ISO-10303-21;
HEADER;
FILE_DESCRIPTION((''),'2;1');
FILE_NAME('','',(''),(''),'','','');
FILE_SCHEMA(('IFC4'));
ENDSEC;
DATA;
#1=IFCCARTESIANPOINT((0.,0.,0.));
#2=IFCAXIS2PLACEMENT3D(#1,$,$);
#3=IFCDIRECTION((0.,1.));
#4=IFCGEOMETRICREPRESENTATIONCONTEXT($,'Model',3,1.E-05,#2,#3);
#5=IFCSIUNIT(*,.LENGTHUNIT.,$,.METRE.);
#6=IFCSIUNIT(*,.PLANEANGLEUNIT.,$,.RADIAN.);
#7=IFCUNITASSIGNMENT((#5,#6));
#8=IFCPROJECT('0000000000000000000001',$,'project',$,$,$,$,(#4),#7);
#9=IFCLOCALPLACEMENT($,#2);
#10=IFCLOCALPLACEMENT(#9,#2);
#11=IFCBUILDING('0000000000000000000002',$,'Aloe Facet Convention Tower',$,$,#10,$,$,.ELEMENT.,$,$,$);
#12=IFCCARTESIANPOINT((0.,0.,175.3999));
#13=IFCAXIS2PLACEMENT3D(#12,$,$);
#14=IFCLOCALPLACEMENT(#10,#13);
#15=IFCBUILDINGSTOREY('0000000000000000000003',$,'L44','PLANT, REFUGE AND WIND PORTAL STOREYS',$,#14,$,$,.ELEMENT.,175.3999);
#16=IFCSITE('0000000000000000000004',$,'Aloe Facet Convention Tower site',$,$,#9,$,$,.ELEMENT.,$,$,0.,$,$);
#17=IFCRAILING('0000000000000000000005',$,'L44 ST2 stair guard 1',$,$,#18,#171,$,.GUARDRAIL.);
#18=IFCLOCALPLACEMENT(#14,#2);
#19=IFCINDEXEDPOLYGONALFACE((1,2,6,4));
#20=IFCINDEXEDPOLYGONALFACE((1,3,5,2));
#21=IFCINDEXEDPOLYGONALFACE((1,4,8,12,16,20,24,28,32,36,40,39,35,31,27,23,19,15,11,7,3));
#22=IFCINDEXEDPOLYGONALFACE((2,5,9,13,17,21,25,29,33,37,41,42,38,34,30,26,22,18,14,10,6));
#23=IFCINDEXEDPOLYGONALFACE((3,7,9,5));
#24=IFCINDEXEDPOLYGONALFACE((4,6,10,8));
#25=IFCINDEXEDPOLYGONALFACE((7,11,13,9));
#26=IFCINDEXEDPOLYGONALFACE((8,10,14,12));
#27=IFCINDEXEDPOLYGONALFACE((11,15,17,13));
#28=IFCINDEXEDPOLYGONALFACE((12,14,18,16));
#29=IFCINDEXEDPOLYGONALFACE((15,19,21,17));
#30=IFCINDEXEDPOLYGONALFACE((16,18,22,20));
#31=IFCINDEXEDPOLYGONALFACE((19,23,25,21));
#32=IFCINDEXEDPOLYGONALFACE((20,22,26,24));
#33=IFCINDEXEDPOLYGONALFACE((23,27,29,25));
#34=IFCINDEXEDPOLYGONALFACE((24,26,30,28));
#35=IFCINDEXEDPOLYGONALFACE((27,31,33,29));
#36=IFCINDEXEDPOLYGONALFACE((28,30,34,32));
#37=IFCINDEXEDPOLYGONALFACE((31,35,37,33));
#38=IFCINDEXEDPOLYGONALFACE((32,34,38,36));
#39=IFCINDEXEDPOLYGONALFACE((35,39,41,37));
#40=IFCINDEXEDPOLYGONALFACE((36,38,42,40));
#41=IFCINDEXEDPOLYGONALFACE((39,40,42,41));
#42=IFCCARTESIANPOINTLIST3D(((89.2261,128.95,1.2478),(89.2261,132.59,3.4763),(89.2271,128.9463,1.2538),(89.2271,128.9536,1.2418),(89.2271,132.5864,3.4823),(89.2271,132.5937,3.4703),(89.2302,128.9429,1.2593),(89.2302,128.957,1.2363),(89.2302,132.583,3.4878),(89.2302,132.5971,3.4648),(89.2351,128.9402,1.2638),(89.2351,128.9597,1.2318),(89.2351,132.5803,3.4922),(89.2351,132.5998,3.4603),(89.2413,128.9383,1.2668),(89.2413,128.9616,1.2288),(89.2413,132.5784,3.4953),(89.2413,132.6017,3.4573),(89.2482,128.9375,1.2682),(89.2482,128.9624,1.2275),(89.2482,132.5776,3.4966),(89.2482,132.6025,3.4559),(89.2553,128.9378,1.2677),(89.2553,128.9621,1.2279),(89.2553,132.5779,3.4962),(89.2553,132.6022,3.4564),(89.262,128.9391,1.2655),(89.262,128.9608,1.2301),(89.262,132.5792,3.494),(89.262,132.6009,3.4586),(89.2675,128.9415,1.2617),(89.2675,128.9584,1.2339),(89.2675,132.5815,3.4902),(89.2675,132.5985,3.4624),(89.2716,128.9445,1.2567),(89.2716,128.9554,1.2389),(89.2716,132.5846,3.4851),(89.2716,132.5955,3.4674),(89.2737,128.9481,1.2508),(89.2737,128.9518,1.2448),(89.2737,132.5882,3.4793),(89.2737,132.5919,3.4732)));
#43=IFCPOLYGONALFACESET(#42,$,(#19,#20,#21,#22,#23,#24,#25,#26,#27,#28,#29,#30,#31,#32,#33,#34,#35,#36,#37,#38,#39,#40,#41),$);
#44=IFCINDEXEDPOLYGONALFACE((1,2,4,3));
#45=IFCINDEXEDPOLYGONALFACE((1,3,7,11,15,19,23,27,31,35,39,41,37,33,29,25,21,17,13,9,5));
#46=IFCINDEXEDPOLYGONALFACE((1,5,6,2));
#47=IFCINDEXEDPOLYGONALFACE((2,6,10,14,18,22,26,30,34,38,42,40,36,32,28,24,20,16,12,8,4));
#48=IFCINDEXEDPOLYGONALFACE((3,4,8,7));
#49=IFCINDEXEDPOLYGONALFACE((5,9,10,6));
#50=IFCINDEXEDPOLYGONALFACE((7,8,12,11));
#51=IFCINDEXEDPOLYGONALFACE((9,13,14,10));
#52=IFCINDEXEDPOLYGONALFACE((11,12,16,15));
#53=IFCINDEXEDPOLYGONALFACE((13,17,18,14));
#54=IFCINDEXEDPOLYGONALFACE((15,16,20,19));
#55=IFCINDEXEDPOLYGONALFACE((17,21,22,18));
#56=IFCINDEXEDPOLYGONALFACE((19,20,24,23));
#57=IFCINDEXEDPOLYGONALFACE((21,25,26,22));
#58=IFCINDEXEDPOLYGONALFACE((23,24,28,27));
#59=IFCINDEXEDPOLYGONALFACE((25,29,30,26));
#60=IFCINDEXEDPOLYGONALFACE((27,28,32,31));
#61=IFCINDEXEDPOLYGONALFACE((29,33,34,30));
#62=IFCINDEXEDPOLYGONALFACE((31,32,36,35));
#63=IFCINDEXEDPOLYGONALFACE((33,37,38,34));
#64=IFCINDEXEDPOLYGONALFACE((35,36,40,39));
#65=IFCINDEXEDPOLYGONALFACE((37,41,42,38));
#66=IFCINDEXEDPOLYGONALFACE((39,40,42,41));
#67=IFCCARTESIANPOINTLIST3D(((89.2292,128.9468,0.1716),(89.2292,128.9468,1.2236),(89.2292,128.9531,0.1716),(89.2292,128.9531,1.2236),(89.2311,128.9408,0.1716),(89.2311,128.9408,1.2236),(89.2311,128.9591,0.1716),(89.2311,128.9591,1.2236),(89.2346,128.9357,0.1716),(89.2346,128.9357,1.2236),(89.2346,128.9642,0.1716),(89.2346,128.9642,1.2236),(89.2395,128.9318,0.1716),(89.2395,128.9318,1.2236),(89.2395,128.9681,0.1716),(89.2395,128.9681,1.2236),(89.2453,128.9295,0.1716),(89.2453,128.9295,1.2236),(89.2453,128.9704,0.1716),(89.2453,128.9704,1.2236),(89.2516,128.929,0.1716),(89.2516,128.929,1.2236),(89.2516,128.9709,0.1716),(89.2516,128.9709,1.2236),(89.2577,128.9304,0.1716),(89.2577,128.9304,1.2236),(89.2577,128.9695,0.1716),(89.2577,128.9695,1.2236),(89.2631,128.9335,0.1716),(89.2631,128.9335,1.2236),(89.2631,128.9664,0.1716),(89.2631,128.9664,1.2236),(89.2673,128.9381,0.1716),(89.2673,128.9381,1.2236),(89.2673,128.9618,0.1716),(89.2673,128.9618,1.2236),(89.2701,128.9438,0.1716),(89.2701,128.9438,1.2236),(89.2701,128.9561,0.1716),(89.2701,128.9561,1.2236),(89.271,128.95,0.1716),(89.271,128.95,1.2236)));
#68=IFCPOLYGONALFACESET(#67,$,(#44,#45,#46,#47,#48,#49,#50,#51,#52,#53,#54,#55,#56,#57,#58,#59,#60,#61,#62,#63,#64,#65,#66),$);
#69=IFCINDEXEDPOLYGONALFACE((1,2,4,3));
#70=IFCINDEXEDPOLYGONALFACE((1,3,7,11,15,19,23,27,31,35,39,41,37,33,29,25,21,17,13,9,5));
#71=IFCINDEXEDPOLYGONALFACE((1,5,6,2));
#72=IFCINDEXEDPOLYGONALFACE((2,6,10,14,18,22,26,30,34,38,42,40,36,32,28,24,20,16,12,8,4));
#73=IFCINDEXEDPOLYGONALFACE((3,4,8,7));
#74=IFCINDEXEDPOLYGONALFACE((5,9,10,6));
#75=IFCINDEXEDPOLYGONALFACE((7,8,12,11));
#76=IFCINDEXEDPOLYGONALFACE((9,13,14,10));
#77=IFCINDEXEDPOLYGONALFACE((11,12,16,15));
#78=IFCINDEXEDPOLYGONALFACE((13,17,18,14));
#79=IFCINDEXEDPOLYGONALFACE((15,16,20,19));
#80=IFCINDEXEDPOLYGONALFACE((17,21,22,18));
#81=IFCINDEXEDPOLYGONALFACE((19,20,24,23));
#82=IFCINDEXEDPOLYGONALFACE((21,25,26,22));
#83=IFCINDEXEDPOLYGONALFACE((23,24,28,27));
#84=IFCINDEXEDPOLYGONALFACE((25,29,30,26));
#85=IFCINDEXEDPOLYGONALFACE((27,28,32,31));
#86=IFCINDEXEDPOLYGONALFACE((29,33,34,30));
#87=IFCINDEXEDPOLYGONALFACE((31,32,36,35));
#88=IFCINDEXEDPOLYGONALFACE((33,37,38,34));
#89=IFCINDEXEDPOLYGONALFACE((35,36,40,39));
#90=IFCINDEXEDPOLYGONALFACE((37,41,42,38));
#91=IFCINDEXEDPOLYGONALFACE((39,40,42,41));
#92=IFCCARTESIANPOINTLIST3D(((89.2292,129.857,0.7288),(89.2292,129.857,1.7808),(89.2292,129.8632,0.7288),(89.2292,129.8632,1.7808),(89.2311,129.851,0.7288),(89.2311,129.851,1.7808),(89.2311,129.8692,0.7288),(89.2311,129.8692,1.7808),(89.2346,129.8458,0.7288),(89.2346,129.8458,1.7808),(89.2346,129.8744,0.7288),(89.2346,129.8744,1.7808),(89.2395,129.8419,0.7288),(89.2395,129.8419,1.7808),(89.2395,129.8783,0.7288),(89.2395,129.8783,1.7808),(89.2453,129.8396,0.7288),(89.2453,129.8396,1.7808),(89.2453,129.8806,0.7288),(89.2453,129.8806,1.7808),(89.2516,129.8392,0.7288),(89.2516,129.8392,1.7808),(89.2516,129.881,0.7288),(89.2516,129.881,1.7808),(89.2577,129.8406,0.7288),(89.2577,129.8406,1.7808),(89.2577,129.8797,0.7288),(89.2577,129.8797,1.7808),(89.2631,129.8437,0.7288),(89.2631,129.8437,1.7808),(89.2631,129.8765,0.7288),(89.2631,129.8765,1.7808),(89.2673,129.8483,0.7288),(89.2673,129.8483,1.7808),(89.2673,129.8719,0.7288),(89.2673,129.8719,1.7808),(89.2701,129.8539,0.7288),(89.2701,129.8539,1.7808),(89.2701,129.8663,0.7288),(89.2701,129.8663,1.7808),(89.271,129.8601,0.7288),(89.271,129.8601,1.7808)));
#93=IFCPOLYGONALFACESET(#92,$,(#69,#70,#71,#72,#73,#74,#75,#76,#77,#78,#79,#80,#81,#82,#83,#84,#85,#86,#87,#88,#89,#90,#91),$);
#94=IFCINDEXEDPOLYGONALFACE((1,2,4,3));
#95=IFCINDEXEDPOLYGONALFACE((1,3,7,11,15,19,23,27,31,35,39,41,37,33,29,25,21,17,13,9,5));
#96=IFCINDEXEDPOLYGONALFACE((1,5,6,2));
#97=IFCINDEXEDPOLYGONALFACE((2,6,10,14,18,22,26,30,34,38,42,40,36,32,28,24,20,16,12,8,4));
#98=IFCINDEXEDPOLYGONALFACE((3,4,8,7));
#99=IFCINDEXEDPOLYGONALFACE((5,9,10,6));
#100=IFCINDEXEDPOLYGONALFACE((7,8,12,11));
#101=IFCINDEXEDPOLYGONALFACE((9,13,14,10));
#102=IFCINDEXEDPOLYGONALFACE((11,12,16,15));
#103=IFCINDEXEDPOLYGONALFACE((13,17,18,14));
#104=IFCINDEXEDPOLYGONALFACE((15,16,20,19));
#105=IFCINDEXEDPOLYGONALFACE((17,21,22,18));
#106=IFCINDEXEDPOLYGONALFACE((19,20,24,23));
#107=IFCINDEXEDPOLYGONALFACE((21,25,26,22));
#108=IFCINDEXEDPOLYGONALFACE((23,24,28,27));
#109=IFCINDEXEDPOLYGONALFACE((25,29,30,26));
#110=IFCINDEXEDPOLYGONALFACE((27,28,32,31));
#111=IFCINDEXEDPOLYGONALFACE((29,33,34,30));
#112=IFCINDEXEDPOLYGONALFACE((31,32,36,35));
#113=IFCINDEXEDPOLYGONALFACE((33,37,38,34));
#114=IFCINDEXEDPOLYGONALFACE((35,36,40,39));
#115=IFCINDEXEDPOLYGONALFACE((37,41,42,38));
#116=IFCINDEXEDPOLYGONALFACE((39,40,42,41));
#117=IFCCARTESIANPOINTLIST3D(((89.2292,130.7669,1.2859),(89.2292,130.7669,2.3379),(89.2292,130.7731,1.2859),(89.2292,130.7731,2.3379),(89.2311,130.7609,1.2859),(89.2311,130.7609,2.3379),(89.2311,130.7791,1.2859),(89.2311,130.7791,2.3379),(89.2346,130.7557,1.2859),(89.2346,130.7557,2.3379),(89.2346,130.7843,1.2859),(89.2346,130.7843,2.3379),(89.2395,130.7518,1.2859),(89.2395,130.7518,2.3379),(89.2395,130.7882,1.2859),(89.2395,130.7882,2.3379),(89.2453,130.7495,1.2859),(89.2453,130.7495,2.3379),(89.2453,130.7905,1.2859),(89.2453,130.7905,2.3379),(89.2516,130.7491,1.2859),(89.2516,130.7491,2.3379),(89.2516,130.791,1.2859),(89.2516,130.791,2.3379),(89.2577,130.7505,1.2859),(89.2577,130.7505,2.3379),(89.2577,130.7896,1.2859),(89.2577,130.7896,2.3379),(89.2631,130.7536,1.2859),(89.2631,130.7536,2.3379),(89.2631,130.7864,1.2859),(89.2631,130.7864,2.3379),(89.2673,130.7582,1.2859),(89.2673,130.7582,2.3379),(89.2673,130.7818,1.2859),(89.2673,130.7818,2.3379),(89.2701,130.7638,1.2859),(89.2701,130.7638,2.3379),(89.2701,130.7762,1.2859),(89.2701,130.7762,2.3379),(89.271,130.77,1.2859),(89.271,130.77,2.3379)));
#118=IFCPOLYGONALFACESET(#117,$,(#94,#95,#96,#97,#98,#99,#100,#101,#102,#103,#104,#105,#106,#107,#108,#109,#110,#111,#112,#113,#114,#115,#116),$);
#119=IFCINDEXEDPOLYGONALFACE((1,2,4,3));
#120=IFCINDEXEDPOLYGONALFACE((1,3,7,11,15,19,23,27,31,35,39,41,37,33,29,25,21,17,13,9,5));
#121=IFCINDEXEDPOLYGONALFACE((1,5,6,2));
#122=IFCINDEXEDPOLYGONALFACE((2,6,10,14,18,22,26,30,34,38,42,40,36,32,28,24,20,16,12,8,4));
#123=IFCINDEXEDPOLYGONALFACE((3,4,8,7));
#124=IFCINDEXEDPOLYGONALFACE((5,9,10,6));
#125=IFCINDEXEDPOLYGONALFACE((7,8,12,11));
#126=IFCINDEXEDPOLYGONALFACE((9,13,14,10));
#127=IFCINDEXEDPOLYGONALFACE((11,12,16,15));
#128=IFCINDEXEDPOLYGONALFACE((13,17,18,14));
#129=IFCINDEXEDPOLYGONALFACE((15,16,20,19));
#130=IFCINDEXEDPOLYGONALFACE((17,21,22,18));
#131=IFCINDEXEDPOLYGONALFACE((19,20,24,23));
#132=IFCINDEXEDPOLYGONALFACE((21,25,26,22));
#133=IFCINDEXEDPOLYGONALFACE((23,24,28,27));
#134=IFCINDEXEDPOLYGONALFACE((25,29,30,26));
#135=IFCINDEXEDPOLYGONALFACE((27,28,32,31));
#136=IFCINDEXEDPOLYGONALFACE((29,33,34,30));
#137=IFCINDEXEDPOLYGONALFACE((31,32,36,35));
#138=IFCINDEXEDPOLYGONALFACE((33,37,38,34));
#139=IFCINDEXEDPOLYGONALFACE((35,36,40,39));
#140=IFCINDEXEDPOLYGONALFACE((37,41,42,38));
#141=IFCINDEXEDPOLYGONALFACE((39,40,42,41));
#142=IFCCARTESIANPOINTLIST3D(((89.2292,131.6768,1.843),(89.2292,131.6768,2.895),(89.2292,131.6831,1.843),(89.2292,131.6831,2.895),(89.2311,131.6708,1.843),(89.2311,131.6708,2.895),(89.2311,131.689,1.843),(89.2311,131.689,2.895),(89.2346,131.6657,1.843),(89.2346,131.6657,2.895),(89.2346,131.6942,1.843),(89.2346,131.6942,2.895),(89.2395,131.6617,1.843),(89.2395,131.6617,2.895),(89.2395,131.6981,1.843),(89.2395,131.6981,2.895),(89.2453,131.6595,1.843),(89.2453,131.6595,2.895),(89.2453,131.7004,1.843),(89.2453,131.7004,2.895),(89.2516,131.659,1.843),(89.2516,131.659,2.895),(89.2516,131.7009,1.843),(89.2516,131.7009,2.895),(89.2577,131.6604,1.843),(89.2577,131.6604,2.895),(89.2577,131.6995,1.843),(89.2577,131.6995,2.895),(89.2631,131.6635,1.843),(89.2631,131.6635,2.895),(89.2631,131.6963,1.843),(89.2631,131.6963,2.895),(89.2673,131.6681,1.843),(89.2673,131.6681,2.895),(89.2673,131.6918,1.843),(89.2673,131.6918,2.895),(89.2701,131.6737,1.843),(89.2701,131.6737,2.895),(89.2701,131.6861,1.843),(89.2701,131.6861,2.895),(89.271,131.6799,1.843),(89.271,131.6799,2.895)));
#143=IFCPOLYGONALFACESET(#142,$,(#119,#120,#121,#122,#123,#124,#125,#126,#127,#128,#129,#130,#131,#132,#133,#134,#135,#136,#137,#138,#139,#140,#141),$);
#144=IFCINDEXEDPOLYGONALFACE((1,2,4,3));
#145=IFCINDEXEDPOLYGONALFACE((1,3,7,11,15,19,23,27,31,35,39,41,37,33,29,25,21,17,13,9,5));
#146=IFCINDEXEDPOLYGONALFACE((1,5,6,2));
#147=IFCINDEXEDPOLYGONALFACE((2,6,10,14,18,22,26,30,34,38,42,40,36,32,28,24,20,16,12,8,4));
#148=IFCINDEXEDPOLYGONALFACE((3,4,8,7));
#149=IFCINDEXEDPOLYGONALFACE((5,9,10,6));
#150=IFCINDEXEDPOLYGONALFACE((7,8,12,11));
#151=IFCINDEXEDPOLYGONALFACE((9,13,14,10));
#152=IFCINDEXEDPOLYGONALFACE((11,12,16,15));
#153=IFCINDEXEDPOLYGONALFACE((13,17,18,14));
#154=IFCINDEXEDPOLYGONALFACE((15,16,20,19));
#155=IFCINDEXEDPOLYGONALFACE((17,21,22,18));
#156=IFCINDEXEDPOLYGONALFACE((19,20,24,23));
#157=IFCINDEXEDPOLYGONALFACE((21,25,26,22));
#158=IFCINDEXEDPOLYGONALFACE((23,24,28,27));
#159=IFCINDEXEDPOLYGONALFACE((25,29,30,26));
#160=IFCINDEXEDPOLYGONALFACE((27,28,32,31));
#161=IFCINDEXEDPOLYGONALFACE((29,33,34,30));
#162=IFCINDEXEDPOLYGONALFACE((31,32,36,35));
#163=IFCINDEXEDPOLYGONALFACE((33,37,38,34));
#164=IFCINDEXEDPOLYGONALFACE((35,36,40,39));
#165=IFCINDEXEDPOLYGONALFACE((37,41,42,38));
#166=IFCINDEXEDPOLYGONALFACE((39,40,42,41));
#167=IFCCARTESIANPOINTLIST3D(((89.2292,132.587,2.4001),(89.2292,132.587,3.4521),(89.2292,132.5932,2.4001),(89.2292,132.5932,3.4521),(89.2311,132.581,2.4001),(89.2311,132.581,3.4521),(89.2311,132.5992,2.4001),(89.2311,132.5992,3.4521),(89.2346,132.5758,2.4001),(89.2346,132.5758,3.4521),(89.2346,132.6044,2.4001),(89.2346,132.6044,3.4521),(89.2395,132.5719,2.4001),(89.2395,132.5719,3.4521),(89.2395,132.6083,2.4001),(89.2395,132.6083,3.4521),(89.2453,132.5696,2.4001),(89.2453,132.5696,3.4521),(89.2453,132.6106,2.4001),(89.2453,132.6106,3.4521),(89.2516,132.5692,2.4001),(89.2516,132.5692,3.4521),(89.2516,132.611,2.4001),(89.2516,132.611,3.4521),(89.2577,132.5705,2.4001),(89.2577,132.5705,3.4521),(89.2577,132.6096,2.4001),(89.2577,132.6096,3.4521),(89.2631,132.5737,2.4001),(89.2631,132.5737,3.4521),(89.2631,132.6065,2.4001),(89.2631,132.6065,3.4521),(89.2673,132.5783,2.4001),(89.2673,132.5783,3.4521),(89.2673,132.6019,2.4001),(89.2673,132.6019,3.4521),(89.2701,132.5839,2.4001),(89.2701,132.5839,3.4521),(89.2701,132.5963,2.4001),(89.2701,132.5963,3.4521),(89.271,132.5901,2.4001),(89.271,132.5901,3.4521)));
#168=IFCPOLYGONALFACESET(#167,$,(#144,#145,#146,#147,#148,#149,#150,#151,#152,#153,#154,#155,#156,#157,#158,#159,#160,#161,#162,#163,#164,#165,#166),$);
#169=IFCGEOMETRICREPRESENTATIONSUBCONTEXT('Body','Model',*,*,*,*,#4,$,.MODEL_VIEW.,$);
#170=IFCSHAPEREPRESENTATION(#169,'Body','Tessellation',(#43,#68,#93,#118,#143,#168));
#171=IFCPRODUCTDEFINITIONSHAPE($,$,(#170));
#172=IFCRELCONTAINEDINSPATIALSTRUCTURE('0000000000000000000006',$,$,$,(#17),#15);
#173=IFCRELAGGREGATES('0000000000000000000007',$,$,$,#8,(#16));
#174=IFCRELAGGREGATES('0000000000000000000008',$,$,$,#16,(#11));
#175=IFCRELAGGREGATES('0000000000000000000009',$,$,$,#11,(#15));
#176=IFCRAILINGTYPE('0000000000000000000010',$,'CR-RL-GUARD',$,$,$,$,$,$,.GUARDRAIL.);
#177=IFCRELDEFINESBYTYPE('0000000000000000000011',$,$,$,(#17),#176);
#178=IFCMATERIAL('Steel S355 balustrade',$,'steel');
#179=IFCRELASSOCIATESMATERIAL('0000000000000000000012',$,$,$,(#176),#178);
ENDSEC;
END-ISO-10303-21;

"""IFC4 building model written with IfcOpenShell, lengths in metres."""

from ifc_helpers import new_model, si_unit, direction, frame, origin, origin_2d, place, context, subcontext, project, spatial, circle, extrude, material, type_object, element, save


model = new_model("IFC4")

# Units and contexts
model_context = context("Model", 3, precision=1e-05, world=origin(), true_north=direction((0.0, 1.0)))
body_context = subcontext(model_context, "Body", "Model", "MODEL_VIEW")
ifc_project = project(units=[si_unit("LENGTHUNIT", "METRE"), si_unit("PLANEANGLEUNIT", "RADIAN")], contexts=[model_context])

# Site, building, storey
site_placement = place(None, origin())
site = spatial("IfcSite", under=ifc_project, at=site_placement, Name="Aloe Facet Convention Tower site", CompositionType="ELEMENT", RefElevation=0.0)
building_placement = place(site_placement, origin())
building = spatial("IfcBuilding", under=site, at=building_placement, Name="Aloe Facet Convention Tower", CompositionType="ELEMENT")
storey_placement = place(building_placement, frame((0.0, 0.0, 175.3999)))
storey = spatial("IfcBuildingStorey", under=building, at=storey_placement, Name="L44", Description="PLANT, REFUGE AND WIND PORTAL STOREYS", CompositionType="ELEMENT", Elevation=175.3999)

# Railing
ifc_material_1 = material(Name="Steel S355 balustrade", Category="steel")
railing_type_1 = type_object("IfcRailingType", Name="CR-RL-GUARD", PredefinedType="GUARDRAIL", material=ifc_material_1)
railing_1_placement = place(storey_placement, frame((89.25, 128.95, 0.1716)))
element("IfcRailing", 1, at=railing_1_placement, inside=storey, type_object=railing_type_1, Name="L44 ST2 stair guard 1", PredefinedType="GUARDRAIL", context=body_context, shape_type="SweptSolid", body=[
    extrude(circle(Radius=0.0239, at=origin_2d()), frame((0.0, 0.0, 1.0762), z_axis=(0.0, 0.852866, 0.52213), x_axis=(-1.0, 0.0, 0.0)), (0.0, 0.0, 1.0), 4.2681),
    extrude(circle(Radius=0.021, at=origin_2d()), origin(), (0.0, 0.0, 1.0), 1.052),
    extrude(circle(Radius=0.021, at=origin_2d()), frame((0.0, 0.9102, 0.5571)), (0.0, 0.0, 1.0), 1.052),
    extrude(circle(Radius=0.021, at=origin_2d()), frame((0.0, 1.8201, 1.1143)), (0.0, 0.0, 1.0), 1.052),
    extrude(circle(Radius=0.021, at=origin_2d()), frame((0.0, 2.73, 1.6714)), (0.0, 0.0, 1.0), 1.052),
    extrude(circle(Radius=0.021, at=origin_2d()), frame((0.0, 3.6401, 2.2285)), (0.0, 0.0, 1.0), 1.052),
])

save(model, "model.ifc")
